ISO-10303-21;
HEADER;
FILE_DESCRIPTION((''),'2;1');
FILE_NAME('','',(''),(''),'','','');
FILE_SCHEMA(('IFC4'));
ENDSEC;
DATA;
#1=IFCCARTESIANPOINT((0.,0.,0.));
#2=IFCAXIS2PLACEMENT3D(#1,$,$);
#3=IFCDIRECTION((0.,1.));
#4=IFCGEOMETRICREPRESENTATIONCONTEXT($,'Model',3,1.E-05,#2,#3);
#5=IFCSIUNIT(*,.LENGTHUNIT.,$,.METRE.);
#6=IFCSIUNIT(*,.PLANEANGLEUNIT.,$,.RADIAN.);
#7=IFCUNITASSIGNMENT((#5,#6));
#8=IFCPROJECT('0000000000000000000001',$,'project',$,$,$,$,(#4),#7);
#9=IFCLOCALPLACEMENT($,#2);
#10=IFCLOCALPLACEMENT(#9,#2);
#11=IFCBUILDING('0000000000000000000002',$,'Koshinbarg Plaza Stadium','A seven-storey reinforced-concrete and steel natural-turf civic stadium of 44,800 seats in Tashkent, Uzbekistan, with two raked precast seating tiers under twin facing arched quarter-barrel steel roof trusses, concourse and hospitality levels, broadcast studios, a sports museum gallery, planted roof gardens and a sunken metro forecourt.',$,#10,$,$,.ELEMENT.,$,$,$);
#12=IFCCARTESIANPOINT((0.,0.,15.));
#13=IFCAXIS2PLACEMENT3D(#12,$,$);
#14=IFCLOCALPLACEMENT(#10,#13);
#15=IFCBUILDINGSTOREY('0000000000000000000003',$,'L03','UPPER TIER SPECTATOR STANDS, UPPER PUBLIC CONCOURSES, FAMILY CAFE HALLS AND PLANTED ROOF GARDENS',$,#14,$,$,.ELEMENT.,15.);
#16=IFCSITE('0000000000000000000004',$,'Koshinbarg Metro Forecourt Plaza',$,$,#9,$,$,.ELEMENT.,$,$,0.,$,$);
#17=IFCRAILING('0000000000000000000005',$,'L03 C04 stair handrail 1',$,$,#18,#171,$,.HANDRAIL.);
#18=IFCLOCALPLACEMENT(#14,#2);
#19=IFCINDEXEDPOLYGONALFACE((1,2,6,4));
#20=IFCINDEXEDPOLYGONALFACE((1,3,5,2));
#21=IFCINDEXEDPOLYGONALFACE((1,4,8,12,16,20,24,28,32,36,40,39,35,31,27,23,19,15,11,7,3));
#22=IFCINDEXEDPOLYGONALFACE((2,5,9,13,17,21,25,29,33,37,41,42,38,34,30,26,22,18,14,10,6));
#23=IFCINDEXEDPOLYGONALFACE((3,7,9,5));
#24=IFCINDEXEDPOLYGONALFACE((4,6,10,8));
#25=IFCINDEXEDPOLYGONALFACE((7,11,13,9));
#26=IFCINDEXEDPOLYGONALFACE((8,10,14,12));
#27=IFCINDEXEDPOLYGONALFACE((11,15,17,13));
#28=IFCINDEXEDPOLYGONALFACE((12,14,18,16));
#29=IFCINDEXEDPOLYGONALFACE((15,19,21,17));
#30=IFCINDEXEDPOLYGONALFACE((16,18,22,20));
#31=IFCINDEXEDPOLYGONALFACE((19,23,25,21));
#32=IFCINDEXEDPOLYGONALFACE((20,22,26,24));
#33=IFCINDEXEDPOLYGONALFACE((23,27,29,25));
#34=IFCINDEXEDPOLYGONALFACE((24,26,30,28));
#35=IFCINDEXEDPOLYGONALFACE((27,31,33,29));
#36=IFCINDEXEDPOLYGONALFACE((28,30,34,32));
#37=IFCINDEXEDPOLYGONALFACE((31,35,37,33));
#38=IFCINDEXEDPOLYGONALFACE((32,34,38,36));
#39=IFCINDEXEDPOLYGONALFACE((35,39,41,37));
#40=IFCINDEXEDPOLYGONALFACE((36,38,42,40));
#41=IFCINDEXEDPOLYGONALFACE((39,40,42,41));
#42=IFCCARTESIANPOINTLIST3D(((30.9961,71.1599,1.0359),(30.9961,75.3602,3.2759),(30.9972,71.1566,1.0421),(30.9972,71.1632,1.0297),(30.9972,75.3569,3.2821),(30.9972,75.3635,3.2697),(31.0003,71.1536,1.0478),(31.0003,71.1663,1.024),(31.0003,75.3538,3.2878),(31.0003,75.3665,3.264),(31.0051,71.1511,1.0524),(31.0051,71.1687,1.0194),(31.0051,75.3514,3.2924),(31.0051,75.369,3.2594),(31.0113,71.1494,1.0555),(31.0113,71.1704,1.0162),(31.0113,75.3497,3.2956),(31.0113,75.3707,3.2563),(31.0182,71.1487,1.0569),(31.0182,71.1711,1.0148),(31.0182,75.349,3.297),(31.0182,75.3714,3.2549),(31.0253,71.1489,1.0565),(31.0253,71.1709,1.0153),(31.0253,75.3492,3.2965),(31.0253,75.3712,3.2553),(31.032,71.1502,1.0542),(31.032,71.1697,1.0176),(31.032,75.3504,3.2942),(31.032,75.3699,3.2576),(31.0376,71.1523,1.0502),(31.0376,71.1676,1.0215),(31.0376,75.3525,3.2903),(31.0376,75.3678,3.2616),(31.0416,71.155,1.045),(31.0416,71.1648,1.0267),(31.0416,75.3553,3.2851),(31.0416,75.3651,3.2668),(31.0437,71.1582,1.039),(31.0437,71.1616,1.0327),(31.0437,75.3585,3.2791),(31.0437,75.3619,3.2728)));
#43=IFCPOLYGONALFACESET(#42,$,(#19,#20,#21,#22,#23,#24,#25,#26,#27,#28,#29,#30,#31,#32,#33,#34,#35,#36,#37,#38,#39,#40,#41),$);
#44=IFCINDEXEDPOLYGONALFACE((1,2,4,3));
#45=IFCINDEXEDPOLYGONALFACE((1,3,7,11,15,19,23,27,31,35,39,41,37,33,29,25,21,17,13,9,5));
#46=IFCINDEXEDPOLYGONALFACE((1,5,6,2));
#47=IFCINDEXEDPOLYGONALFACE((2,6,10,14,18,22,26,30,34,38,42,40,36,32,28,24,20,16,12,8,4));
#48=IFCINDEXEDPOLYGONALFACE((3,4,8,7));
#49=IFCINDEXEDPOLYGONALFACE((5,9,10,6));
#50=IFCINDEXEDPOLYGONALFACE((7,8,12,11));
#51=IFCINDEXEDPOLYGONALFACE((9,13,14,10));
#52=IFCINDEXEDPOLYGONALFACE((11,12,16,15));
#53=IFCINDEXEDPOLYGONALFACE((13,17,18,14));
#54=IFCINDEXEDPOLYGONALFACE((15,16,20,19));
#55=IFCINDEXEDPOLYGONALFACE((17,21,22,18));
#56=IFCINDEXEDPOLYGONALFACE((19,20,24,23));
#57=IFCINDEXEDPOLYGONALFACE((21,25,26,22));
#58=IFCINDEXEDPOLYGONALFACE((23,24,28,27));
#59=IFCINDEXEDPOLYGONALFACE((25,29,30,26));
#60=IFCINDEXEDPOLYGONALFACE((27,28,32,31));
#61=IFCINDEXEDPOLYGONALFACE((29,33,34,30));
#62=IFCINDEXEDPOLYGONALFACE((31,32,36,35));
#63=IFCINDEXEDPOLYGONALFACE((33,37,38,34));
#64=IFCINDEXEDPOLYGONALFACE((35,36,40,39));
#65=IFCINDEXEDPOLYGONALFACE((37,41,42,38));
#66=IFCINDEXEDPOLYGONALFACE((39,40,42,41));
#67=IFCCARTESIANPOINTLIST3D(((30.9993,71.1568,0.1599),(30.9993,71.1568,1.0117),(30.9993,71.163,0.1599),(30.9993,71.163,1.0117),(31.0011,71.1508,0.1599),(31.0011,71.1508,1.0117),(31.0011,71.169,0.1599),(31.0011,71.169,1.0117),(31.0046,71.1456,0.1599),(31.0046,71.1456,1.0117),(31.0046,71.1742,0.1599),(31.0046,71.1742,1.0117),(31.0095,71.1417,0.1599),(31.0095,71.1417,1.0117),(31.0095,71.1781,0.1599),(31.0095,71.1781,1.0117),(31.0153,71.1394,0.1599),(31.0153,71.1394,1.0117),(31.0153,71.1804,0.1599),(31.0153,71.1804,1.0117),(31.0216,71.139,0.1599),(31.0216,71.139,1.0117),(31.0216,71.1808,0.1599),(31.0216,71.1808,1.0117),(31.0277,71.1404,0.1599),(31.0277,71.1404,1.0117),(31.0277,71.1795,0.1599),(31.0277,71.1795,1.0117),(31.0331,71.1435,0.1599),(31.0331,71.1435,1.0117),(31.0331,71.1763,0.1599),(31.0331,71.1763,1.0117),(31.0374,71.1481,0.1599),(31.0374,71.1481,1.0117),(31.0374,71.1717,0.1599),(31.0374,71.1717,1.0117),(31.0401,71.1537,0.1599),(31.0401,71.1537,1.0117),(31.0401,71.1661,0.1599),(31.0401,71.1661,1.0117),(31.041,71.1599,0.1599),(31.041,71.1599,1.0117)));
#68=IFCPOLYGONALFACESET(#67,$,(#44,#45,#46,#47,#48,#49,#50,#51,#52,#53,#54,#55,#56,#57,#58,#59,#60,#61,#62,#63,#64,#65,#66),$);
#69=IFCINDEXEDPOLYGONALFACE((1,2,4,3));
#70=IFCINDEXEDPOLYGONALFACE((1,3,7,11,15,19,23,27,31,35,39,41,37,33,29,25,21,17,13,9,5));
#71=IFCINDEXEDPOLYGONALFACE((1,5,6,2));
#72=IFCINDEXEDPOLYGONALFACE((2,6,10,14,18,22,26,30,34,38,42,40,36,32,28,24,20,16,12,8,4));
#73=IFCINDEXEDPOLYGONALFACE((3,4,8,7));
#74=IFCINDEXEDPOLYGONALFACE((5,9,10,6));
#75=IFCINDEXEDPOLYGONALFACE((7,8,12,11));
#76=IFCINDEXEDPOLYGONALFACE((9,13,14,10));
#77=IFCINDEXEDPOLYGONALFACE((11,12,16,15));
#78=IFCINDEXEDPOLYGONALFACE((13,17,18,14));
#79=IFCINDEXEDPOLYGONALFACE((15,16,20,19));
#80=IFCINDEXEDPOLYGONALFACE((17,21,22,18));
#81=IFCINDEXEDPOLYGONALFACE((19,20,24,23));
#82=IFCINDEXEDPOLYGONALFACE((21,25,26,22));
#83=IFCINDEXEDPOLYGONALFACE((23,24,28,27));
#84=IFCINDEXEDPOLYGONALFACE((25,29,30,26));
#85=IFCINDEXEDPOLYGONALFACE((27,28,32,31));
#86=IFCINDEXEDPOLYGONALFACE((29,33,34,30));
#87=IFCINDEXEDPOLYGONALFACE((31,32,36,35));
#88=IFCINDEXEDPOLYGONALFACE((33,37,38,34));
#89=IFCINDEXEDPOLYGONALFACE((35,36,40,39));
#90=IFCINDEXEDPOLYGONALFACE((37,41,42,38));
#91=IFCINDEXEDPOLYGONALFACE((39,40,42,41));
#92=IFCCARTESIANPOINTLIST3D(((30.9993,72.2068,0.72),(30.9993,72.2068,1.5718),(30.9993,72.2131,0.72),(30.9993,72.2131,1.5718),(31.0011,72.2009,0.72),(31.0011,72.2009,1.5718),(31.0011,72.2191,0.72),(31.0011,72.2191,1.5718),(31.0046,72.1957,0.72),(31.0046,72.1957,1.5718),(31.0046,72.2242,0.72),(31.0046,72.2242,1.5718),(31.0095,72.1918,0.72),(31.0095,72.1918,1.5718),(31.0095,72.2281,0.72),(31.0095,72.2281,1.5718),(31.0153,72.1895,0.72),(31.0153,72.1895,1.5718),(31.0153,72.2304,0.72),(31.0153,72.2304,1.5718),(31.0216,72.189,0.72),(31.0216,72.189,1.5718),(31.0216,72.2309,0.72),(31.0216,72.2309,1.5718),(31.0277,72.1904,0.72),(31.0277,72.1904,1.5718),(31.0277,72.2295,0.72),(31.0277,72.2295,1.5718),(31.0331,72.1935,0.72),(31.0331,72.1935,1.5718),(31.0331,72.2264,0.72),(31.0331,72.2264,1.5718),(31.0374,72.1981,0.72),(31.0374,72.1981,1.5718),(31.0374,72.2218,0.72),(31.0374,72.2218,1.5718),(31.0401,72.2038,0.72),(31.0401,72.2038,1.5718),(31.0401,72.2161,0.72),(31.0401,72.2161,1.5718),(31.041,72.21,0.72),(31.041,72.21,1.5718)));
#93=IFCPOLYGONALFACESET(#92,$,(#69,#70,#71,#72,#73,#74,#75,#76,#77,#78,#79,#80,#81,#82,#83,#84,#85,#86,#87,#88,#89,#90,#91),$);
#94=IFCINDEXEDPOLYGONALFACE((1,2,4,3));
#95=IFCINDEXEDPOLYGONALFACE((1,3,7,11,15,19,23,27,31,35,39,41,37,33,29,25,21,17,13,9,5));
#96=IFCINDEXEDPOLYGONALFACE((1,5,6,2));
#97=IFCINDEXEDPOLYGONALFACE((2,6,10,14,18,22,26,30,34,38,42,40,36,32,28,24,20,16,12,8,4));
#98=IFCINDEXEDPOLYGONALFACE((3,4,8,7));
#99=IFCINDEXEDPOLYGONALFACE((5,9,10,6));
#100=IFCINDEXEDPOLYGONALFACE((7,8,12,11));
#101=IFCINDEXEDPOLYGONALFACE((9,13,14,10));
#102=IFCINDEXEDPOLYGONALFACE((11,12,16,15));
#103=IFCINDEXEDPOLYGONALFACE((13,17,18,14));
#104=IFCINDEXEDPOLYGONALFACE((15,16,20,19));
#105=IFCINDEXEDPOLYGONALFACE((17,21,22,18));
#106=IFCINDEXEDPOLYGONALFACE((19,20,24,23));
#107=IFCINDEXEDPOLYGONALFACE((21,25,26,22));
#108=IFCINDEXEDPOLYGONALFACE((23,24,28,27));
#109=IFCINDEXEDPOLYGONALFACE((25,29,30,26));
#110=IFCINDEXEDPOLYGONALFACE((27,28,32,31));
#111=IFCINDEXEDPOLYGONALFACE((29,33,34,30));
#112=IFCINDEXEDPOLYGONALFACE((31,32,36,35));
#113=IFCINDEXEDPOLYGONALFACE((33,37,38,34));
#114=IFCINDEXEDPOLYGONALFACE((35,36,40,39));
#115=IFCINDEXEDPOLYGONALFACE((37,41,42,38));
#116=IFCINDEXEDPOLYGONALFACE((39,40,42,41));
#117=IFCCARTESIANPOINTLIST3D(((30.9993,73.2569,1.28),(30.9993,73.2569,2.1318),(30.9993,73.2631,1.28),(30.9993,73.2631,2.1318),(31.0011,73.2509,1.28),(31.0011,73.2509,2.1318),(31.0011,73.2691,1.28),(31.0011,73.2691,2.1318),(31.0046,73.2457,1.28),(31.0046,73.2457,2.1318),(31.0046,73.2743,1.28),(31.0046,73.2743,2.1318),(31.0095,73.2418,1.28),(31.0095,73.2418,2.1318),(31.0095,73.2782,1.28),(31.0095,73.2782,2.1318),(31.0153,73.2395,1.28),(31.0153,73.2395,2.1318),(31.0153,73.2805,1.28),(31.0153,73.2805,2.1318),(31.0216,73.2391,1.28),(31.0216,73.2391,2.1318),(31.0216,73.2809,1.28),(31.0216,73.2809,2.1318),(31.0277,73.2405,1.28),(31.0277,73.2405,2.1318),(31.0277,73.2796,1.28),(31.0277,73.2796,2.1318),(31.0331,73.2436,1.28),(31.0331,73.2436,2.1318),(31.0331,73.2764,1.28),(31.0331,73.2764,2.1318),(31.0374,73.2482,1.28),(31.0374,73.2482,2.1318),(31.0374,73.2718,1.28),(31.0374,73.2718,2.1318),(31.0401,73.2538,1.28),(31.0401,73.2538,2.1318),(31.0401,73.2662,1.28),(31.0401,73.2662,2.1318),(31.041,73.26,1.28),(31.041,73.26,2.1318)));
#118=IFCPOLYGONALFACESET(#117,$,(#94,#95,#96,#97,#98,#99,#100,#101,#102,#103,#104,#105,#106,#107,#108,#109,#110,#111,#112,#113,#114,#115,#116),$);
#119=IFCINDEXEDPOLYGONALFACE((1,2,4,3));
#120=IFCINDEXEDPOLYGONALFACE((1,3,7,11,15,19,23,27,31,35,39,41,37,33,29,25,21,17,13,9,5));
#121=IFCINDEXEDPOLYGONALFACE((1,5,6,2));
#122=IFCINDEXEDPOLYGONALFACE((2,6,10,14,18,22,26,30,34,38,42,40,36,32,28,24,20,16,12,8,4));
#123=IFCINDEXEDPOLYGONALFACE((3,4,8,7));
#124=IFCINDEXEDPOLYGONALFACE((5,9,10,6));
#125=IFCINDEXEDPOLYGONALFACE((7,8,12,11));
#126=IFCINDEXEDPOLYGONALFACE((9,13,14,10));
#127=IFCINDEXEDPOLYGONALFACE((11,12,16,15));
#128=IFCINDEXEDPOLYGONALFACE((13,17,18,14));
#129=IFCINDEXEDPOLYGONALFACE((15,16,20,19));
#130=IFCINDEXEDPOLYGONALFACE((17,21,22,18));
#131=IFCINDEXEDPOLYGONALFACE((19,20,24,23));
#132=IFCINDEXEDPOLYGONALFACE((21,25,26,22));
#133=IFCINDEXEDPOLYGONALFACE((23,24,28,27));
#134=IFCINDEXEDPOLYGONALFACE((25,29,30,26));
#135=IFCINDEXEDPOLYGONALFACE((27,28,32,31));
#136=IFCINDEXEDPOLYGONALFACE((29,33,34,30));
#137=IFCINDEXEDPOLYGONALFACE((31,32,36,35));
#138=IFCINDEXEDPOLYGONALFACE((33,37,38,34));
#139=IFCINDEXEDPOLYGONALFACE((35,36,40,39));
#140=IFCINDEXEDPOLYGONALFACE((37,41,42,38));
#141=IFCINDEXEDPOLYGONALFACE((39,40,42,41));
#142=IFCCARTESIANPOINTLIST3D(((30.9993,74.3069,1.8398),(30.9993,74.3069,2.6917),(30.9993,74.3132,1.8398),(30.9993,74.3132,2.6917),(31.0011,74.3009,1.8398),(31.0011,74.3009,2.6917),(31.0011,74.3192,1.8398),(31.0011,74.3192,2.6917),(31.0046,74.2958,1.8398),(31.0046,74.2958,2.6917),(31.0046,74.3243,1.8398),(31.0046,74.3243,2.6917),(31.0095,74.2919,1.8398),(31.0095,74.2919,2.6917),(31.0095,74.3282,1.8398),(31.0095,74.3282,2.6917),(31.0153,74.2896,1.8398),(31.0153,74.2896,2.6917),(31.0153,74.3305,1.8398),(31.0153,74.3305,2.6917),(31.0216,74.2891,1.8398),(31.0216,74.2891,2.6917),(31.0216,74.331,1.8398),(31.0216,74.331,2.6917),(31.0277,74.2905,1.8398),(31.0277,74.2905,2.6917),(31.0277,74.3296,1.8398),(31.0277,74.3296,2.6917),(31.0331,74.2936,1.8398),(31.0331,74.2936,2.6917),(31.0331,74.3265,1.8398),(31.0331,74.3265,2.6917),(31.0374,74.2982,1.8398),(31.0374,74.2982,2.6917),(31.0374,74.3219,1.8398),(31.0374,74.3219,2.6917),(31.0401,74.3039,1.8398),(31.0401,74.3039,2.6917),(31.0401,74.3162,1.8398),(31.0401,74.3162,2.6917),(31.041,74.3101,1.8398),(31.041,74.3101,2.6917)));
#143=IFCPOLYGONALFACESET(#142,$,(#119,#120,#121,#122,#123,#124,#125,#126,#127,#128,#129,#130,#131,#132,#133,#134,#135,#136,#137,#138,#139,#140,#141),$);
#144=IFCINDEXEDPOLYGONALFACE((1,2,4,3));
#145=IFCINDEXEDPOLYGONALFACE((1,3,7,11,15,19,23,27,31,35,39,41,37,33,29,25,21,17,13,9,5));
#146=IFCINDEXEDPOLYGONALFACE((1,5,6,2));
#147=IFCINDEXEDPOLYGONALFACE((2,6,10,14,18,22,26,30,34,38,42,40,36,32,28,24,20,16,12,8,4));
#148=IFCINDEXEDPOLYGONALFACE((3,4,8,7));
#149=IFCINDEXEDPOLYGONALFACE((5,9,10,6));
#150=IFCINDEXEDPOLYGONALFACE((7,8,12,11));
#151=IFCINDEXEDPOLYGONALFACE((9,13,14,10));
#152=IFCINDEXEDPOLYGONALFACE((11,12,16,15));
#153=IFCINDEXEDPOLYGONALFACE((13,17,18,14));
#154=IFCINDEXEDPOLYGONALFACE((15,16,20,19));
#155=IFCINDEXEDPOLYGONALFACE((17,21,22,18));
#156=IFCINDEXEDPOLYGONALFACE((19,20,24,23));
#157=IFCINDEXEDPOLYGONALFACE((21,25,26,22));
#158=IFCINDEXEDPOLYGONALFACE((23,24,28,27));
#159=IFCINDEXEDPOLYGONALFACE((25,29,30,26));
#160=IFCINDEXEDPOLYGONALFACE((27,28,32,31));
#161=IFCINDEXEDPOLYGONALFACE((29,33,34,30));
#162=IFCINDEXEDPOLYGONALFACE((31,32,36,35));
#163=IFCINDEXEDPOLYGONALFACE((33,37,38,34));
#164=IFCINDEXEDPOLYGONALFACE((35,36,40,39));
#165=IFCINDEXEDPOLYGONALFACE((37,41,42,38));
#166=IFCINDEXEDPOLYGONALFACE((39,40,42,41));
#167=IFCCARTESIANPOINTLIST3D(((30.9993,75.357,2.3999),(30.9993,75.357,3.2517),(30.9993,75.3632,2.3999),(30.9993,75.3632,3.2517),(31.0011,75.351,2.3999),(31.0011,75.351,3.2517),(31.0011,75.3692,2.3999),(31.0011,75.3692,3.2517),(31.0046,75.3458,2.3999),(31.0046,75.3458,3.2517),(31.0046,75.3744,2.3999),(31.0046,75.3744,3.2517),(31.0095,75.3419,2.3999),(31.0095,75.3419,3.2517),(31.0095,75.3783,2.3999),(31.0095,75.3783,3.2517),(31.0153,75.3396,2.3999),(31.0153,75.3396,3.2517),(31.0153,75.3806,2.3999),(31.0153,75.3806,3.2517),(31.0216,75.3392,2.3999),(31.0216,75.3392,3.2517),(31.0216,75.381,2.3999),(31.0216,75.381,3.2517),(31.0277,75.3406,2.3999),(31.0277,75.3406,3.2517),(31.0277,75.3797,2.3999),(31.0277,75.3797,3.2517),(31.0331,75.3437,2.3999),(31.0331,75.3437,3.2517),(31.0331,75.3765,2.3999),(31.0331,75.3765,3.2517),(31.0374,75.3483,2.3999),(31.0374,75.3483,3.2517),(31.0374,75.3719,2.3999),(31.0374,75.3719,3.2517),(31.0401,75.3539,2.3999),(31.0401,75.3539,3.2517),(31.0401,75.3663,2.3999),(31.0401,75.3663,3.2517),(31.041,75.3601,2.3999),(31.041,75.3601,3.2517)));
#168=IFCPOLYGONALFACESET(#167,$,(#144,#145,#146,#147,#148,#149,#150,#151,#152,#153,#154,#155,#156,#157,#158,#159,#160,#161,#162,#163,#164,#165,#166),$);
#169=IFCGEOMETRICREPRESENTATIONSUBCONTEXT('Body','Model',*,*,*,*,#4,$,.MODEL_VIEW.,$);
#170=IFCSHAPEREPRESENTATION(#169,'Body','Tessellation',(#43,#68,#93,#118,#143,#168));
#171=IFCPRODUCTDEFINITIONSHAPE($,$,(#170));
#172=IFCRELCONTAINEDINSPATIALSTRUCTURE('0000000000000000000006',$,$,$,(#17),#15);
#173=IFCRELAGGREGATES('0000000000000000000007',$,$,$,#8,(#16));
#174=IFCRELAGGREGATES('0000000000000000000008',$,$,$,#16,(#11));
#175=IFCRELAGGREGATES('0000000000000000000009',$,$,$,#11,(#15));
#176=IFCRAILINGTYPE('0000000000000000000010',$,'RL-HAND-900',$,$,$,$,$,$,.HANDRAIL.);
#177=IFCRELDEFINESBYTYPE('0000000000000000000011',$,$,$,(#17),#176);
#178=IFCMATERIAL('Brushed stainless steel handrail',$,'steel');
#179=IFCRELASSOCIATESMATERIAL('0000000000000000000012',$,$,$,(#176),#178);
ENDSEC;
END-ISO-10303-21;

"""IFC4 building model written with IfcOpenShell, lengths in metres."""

from ifc_helpers import new_model, si_unit, direction, frame, origin, origin_2d, place, context, subcontext, project, spatial, circle, extrude, material, type_object, element, save


model = new_model("IFC4")

# Units and contexts
model_context = context("Model", 3, precision=1e-05, world=origin(), true_north=direction((0.0, 1.0)))
body_context = subcontext(model_context, "Body", "Model", "MODEL_VIEW")
ifc_project = project(units=[si_unit("LENGTHUNIT", "METRE"), si_unit("PLANEANGLEUNIT", "RADIAN")], contexts=[model_context])

# Site, building, storey
site_placement = place(None, origin())
site = spatial("IfcSite", under=ifc_project, at=site_placement, Name="Koshinbarg Metro Forecourt Plaza", CompositionType="ELEMENT", RefElevation=0.0)
building_placement = place(site_placement, origin())
building = spatial("IfcBuilding", under=site, at=building_placement, Name="Koshinbarg Plaza Stadium", Description="A seven-storey reinforced-concrete and steel natural-turf civic stadium of 44,800 seats in Tashkent, Uzbekistan, with two raked precast seating tiers under twin facing arched quarter-barrel steel roof trusses, concourse and hospitality levels, broadcast studios, a sports museum gallery, planted roof gardens and a sunken metro forecourt.", CompositionType="ELEMENT")
storey_placement = place(building_placement, frame((0.0, 0.0, 15.0)))
storey = spatial("IfcBuildingStorey", under=building, at=storey_placement, Name="L03", Description="UPPER TIER SPECTATOR STANDS, UPPER PUBLIC CONCOURSES, FAMILY CAFE HALLS AND PLANTED ROOF GARDENS", CompositionType="ELEMENT", Elevation=15.0)

# Railing
ifc_material_1 = material(Name="Brushed stainless steel handrail", Category="steel")
railing_type_1 = type_object("IfcRailingType", Name="RL-HAND-900", PredefinedType="HANDRAIL", material=ifc_material_1)
for number, where, name in (
    (1, (31.02, 71.1599, 0.1599), "L03 C04 stair handrail 1"),
):
    element("IfcRailing", number, at=place(storey_placement, frame(where)), inside=storey, type_object=railing_type_1, Name=name, PredefinedType="HANDRAIL", context=body_context, shape_type="SweptSolid", body=[
        extrude(circle(Radius=0.0239, at=origin_2d()), frame((0.0, 0.0, 0.876), z_axis=(0.0, 0.882363, 0.47057), x_axis=(-1.0, 0.0, 0.0)), (0.0, 0.0, 1.0), 4.7603),
        extrude(circle(Radius=0.021, at=origin_2d()), origin(), (0.0, 0.0, 1.0), 0.8518),
        extrude(circle(Radius=0.021, at=origin_2d()), frame((0.0, 1.05, 0.5601)), (0.0, 0.0, 1.0), 0.8518),
        extrude(circle(Radius=0.021, at=origin_2d()), frame((0.0, 2.1001, 1.1201)), (0.0, 0.0, 1.0), 0.8518),
        extrude(circle(Radius=0.021, at=origin_2d()), frame((0.0, 3.1501, 1.6799)), (0.0, 0.0, 1.0), 0.8518),
        extrude(circle(Radius=0.021, at=origin_2d()), frame((0.0, 4.2002, 2.24)), (0.0, 0.0, 1.0), 0.8518),
    ])

save(model, "model.ifc")
